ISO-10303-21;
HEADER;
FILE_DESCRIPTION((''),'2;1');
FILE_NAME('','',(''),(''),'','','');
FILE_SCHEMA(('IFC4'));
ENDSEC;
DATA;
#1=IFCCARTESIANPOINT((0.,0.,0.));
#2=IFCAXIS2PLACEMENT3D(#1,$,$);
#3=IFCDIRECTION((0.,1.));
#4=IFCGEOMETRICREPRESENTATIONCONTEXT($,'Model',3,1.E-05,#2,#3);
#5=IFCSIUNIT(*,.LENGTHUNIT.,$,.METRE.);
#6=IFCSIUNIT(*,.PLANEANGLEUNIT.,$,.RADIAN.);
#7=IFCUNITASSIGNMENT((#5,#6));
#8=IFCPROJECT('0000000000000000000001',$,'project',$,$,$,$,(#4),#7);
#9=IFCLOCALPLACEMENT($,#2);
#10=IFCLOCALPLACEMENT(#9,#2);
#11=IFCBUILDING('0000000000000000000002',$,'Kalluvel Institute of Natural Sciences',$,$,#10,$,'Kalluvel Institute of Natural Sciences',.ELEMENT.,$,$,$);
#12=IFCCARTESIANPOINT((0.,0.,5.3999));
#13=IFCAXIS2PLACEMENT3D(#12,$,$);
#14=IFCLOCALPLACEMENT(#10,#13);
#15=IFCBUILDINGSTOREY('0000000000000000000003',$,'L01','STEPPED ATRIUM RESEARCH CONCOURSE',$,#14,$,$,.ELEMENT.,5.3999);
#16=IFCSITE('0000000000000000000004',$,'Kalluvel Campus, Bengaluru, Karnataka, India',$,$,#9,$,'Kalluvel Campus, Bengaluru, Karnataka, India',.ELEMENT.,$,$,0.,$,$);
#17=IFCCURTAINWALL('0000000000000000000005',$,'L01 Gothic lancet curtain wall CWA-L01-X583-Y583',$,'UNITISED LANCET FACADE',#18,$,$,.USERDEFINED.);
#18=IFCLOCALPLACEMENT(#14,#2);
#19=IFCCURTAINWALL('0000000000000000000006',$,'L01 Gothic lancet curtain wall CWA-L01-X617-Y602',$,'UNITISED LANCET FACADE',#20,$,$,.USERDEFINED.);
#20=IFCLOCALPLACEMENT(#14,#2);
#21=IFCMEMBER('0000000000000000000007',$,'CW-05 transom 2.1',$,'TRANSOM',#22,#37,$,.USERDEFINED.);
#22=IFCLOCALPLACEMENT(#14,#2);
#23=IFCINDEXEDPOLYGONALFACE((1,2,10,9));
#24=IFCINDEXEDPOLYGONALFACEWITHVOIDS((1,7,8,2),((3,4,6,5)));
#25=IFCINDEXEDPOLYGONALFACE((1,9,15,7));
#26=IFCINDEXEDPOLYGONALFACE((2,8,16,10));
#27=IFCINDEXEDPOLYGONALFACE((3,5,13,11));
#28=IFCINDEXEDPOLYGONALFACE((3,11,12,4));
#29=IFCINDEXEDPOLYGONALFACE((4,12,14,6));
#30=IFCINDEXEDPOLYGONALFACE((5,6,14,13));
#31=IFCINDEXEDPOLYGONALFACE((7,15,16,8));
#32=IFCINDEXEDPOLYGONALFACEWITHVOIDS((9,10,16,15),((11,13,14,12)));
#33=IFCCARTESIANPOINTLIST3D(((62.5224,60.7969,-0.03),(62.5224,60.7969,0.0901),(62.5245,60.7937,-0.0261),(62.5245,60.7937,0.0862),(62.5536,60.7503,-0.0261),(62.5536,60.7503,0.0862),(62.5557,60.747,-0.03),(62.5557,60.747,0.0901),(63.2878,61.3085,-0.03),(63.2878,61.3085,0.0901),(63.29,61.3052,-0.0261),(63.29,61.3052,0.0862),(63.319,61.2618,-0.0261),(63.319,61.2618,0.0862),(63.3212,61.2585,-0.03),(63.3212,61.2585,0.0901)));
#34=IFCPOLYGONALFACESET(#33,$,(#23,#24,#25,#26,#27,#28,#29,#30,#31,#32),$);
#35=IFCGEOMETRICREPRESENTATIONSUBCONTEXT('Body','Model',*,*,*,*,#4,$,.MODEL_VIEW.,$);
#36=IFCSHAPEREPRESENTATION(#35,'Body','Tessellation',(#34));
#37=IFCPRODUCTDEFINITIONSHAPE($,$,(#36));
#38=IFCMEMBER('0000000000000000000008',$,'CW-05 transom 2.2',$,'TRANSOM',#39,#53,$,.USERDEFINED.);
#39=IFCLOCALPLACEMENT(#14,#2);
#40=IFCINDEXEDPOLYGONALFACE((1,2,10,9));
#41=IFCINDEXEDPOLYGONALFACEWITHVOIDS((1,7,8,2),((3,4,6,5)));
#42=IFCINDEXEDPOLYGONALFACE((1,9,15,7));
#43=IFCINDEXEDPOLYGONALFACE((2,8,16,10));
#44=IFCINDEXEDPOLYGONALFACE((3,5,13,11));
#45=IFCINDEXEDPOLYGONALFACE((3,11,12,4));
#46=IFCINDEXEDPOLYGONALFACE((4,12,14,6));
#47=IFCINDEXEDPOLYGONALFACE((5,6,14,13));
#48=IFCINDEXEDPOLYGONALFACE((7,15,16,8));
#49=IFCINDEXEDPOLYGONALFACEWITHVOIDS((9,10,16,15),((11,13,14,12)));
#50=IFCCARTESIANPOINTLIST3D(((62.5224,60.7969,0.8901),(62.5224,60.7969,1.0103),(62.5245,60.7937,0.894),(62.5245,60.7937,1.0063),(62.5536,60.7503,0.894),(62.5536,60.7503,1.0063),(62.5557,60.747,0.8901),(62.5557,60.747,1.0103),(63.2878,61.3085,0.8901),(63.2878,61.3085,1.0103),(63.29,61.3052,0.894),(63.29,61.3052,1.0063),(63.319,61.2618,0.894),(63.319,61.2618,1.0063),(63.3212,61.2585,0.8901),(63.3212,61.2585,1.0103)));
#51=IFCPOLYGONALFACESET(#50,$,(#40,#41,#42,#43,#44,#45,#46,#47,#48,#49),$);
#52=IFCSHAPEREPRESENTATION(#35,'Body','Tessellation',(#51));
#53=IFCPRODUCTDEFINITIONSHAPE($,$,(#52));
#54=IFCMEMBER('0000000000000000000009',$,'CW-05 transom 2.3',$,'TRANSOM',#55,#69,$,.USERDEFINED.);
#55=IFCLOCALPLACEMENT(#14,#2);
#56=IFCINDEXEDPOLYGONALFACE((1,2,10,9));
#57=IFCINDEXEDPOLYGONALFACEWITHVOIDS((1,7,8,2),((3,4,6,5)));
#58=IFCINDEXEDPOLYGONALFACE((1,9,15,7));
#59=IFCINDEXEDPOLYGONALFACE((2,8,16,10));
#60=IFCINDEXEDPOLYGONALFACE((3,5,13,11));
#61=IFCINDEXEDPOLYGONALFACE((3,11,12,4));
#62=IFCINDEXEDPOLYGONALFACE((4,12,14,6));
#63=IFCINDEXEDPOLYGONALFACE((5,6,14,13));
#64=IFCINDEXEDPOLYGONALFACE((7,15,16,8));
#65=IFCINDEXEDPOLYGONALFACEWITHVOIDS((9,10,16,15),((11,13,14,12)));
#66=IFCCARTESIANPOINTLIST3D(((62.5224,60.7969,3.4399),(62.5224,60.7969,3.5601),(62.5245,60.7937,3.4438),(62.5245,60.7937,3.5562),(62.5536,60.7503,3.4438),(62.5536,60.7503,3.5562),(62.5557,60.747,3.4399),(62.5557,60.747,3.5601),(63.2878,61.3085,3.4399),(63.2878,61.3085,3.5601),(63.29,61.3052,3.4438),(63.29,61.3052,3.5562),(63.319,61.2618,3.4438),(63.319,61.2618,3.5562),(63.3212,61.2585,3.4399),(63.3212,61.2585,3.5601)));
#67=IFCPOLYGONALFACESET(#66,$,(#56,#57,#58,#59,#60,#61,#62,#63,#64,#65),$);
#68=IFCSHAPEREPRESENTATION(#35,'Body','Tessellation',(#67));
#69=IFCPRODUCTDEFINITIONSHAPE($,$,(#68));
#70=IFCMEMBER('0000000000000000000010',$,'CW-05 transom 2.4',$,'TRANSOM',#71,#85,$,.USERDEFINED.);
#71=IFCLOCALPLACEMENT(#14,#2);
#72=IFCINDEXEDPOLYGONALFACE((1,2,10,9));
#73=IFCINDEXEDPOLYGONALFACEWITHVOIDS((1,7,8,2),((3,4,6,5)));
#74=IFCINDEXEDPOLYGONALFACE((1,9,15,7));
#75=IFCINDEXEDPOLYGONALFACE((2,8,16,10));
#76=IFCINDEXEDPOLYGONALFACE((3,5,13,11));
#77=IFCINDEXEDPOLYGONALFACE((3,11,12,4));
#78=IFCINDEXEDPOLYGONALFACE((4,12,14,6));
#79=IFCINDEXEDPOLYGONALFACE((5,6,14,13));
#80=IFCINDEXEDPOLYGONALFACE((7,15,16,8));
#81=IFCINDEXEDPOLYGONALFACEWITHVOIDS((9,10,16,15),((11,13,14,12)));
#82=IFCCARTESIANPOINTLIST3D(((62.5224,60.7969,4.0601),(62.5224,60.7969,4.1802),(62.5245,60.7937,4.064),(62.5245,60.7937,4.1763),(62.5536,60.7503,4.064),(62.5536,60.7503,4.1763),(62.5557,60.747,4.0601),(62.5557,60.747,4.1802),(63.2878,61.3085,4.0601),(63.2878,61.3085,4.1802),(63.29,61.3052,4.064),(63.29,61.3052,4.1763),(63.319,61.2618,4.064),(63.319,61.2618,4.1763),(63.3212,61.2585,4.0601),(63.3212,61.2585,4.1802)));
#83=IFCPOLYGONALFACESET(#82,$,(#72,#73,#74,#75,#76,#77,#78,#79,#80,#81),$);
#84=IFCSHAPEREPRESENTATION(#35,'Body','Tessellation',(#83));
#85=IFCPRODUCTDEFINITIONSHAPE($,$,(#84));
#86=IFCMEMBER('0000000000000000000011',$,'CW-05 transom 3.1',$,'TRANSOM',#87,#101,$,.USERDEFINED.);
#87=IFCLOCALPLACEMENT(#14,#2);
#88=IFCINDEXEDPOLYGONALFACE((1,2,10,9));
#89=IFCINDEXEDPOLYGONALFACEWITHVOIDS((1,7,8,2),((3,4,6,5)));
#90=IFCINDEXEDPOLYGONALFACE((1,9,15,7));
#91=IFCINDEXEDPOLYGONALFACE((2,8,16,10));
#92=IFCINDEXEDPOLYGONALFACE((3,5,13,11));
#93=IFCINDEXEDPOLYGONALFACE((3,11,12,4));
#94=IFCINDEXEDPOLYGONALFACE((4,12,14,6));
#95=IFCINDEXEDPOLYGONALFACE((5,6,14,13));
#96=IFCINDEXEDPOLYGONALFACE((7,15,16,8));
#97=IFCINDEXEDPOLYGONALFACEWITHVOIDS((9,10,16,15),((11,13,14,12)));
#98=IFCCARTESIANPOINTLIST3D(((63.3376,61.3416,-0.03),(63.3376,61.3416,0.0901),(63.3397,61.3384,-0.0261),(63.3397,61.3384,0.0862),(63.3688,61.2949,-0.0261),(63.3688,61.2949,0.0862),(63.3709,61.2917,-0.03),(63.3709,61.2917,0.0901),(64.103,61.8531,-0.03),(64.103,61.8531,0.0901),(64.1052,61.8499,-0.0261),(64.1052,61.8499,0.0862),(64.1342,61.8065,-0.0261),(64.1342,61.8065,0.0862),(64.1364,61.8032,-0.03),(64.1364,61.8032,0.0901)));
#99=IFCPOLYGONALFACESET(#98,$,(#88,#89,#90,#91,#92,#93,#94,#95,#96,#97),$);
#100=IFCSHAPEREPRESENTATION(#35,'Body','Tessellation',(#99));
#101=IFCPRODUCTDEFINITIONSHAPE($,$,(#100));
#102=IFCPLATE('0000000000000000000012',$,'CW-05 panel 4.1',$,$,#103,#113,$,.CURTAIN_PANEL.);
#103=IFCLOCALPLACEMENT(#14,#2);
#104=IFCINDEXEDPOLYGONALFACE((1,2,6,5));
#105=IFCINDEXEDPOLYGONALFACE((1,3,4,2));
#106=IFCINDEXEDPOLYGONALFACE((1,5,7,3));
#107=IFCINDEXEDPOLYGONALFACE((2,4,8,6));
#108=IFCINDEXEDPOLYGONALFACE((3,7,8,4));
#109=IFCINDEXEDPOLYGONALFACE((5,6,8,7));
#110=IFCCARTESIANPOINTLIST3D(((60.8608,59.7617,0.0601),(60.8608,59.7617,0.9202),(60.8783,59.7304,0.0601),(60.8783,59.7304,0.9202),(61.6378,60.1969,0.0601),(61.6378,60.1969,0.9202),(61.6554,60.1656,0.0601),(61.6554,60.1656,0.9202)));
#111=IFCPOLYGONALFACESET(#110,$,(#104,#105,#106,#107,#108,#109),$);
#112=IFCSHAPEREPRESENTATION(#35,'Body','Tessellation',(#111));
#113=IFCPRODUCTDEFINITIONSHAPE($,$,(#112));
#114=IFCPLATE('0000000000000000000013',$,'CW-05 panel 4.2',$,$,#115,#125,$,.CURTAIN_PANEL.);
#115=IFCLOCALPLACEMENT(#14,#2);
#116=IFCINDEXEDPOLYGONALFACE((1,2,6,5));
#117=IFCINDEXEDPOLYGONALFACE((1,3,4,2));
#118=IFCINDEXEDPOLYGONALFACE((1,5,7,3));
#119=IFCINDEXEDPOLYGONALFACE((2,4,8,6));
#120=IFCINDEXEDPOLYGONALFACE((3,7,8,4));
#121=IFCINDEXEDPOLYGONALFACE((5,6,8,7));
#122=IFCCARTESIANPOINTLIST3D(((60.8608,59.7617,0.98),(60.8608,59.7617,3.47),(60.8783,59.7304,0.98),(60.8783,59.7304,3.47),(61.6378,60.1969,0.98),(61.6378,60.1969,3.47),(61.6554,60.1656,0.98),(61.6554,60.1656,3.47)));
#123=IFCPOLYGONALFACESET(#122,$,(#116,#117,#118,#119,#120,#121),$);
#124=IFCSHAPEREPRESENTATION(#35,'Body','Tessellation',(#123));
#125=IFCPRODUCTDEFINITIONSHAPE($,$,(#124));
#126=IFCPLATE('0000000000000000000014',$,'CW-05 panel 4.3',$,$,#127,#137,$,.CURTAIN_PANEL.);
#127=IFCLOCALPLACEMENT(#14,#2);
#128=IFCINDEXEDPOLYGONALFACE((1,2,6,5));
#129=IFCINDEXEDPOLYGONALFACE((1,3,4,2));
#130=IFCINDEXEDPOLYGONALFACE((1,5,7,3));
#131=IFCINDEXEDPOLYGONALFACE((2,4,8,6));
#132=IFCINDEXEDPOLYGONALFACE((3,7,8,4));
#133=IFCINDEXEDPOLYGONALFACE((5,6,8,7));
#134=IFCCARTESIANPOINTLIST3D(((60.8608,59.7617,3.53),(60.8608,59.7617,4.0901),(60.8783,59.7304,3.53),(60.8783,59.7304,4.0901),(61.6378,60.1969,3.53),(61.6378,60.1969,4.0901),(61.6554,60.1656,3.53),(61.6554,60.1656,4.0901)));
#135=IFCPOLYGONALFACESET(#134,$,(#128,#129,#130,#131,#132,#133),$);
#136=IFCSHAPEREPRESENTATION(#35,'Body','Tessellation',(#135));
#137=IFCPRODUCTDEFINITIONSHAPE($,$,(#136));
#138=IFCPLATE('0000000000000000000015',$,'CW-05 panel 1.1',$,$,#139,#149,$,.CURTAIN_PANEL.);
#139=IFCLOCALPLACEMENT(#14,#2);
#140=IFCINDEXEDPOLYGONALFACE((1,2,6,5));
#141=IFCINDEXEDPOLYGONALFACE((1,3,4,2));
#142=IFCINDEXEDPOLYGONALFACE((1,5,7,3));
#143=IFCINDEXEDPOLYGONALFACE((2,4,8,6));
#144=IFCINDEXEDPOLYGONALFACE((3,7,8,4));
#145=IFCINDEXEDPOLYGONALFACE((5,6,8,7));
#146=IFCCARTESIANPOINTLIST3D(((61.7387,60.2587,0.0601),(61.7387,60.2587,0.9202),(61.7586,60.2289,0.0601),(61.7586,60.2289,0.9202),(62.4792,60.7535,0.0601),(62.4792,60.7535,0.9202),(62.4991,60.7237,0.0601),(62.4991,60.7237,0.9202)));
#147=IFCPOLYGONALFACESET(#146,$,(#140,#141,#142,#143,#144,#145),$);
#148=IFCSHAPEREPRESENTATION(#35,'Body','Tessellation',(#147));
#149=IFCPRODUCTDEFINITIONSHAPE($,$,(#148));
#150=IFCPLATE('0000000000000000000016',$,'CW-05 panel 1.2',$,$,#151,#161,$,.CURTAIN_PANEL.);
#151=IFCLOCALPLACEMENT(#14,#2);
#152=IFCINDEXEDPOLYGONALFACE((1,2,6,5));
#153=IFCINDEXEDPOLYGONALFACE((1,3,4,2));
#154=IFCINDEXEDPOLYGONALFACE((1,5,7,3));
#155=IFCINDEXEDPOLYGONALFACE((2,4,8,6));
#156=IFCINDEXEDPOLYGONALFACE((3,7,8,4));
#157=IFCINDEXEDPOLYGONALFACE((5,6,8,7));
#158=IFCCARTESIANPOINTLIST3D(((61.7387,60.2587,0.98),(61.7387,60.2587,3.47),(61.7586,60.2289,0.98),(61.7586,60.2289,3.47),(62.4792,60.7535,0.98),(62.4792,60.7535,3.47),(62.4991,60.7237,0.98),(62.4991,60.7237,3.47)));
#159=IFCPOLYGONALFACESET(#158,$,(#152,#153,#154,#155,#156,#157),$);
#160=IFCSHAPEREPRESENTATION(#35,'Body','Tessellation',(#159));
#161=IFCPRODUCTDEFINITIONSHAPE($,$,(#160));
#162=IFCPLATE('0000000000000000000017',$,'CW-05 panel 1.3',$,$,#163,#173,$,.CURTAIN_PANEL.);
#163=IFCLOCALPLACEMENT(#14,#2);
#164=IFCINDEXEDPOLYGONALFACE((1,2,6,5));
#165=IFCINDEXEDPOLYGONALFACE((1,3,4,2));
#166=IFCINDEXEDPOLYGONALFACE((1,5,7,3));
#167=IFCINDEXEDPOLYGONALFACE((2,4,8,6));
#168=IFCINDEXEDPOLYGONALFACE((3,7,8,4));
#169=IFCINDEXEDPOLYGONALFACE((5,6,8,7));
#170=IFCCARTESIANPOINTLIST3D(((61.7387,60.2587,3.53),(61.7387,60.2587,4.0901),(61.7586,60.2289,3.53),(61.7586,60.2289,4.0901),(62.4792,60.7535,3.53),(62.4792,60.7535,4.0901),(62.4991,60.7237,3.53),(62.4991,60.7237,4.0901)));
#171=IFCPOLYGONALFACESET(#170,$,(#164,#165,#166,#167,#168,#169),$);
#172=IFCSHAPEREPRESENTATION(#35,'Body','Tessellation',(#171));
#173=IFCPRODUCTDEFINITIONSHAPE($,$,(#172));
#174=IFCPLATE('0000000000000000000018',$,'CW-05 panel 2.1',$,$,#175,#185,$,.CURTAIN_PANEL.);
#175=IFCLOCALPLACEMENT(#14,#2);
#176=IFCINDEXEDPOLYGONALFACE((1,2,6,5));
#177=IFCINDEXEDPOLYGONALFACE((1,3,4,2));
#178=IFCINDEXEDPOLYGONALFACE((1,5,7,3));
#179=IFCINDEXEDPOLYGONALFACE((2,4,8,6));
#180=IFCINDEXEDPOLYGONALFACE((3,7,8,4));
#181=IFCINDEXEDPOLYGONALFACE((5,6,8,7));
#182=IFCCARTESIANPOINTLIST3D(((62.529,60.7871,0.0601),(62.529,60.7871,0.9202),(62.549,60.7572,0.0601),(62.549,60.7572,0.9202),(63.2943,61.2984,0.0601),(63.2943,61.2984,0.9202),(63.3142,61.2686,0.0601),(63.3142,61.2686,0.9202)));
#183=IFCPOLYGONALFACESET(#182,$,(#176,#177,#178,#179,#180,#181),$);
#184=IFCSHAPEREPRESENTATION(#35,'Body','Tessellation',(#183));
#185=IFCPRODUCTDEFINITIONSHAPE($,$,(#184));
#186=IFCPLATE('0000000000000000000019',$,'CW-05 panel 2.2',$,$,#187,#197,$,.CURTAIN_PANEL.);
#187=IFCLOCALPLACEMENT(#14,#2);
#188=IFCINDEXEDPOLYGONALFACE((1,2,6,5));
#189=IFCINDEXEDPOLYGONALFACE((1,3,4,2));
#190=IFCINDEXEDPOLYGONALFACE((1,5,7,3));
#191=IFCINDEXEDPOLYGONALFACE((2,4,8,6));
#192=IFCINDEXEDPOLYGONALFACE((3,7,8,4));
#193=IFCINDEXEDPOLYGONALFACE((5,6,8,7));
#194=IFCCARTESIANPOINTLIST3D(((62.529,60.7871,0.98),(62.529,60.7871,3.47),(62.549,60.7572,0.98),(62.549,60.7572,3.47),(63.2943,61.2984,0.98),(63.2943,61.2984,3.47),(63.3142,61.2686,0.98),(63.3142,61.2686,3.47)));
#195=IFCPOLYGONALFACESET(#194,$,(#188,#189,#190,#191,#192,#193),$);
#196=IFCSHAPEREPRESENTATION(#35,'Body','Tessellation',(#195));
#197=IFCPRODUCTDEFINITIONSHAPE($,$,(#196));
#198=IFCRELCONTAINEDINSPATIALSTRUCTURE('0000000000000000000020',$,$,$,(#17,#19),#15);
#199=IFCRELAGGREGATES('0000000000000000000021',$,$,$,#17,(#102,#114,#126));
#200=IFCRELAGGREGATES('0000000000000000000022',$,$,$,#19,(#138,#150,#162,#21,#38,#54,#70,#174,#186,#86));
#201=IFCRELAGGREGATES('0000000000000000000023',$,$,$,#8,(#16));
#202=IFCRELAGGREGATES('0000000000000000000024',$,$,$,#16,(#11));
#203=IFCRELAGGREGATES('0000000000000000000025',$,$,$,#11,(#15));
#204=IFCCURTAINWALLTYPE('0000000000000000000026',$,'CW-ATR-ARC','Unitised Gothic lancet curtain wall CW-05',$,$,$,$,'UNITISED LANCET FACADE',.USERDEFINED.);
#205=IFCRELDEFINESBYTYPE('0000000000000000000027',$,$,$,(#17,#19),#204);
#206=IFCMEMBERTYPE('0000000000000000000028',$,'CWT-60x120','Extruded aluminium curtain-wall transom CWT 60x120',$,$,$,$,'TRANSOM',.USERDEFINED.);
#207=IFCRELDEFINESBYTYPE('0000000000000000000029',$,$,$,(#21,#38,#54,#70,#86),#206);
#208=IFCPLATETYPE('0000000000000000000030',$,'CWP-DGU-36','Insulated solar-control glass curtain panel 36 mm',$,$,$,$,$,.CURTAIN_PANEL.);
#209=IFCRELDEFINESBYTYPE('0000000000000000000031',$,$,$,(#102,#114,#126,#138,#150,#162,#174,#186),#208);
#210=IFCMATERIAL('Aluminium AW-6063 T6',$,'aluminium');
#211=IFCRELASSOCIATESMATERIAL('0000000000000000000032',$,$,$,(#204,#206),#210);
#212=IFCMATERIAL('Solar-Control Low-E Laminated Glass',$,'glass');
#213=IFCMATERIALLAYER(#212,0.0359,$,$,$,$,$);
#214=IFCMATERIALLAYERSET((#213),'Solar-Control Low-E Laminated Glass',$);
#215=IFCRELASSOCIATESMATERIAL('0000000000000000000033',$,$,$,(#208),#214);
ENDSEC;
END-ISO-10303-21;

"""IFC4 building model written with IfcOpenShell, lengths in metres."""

from ifc_helpers import new_model, si_unit, direction, frame, origin, origin_2d, place, context, subcontext, project, spatial, rectangle, hollow_rectangle, extrude, material, layer, layer_set, material_profile, profile_set, type_object, element, aggregate, save


model = new_model("IFC4")

# Units and contexts
model_context = context("Model", 3, precision=1e-05, world=origin(), true_north=direction((0.0, 1.0)))
body_context = subcontext(model_context, "Body", "Model", "MODEL_VIEW")
ifc_project = project(units=[si_unit("LENGTHUNIT", "METRE"), si_unit("PLANEANGLEUNIT", "RADIAN")], contexts=[model_context])

# Site, building, storey
site_placement = place(None, origin())
site = spatial("IfcSite", under=ifc_project, at=site_placement, Name="Kalluvel Campus, Bengaluru, Karnataka, India", LongName="Kalluvel Campus, Bengaluru, Karnataka, India", CompositionType="ELEMENT", RefElevation=0.0)
building_placement = place(site_placement, origin())
building = spatial("IfcBuilding", under=site, at=building_placement, Name="Kalluvel Institute of Natural Sciences", LongName="Kalluvel Institute of Natural Sciences", CompositionType="ELEMENT")
storey_placement = place(building_placement, frame((0.0, 0.0, 5.3999)))
storey = spatial("IfcBuildingStorey", under=building, at=storey_placement, Name="L01", Description="STEPPED ATRIUM RESEARCH CONCOURSE", CompositionType="ELEMENT", Elevation=5.3999)

# Curtain wall
ifc_material_1 = material(Name="Aluminium AW-6063 T6", Category="aluminium")
curtain_wall_type = type_object("IfcCurtainWallType", Name="CW-ATR-ARC", Description="Unitised Gothic lancet curtain wall CW-05", ElementType="UNITISED LANCET FACADE", PredefinedType="USERDEFINED", material=ifc_material_1)
curtain_wall_1_placement = place(storey_placement, origin())
curtain_wall_1 = element("IfcCurtainWall", 1, at=curtain_wall_1_placement, inside=storey, type_object=curtain_wall_type, Name="L01 Gothic lancet curtain wall CWA-L01-X583-Y583", ObjectType="UNITISED LANCET FACADE", PredefinedType="USERDEFINED")

# Curtain wall
curtain_wall_2_placement = place(storey_placement, origin())
curtain_wall_2 = element("IfcCurtainWall", 2, at=curtain_wall_2_placement, inside=storey, type_object=curtain_wall_type, Name="L01 Gothic lancet curtain wall CWA-L01-X617-Y602", ObjectType="UNITISED LANCET FACADE", PredefinedType="USERDEFINED")

# Members
ifc_material_profile_1 = material_profile(ifc_material_1, hollow_rectangle(XDim=0.0601, YDim=0.1201, WallThickness=0.0039, at=origin_2d()), Name="CWT 60x120")
ifc_profile_set_1 = profile_set([ifc_material_profile_1], Name="Aluminium AW-6063 T6")
member_type_1 = type_object("IfcMemberType", Name="CWT-60x120", Description="Extruded aluminium curtain-wall transom CWT 60x120", ElementType="TRANSOM", PredefinedType="USERDEFINED", material=ifc_profile_set_1)
member_1_placement = place(storey_placement, frame((62.5391, 60.772, 0.03), z_axis=(0.831438, 0.555618, 0.0), x_axis=(-0.555618, 0.831438, 0.0)))
member_1 = element("IfcMember", 3, at=member_1_placement, type_object=member_type_1, Name="CW-05 transom 2.1", ObjectType="TRANSOM", PredefinedType="USERDEFINED", context=body_context, shape_type="SweptSolid", body=[
    extrude(hollow_rectangle(XDim=0.0601, YDim=0.1201, WallThickness=0.0039, at=origin_2d()), origin(), (0.0, 0.0, 1.0), 0.9207),
])
member_2_placement = place(storey_placement, frame((62.5391, 60.772, 0.9502), z_axis=(0.831438, 0.555618, 0.0), x_axis=(-0.555618, 0.831438, 0.0)))
member_2 = element("IfcMember", 4, at=member_2_placement, type_object=member_type_1, Name="CW-05 transom 2.2", ObjectType="TRANSOM", PredefinedType="USERDEFINED", context=body_context, shape_type="SweptSolid", body=[
    extrude(hollow_rectangle(XDim=0.0601, YDim=0.1201, WallThickness=0.0039, at=origin_2d()), origin(), (0.0, 0.0, 1.0), 0.9207),
])
member_3_placement = place(storey_placement, frame((62.5391, 60.772, 3.5), z_axis=(0.831438, 0.555618, 0.0), x_axis=(-0.555618, 0.831438, 0.0)))
member_3 = element("IfcMember", 5, at=member_3_placement, type_object=member_type_1, Name="CW-05 transom 2.3", ObjectType="TRANSOM", PredefinedType="USERDEFINED", context=body_context, shape_type="SweptSolid", body=[
    extrude(hollow_rectangle(XDim=0.0601, YDim=0.1201, WallThickness=0.0039, at=origin_2d()), origin(), (0.0, 0.0, 1.0), 0.9207),
])
member_4_placement = place(storey_placement, frame((62.5391, 60.772, 4.1201), z_axis=(0.831438, 0.555618, 0.0), x_axis=(-0.555618, 0.831438, 0.0)))
member_4 = element("IfcMember", 6, at=member_4_placement, type_object=member_type_1, Name="CW-05 transom 2.4", ObjectType="TRANSOM", PredefinedType="USERDEFINED", context=body_context, shape_type="SweptSolid", body=[
    extrude(hollow_rectangle(XDim=0.0601, YDim=0.1201, WallThickness=0.0039, at=origin_2d()), origin(), (0.0, 0.0, 1.0), 0.9207),
])
member_5_placement = place(storey_placement, frame((63.3542, 61.3167, 0.03), z_axis=(0.831438, 0.555618, 0.0), x_axis=(-0.555618, 0.831438, 0.0)))
member_5 = element("IfcMember", 7, at=member_5_placement, type_object=member_type_1, Name="CW-05 transom 3.1", ObjectType="TRANSOM", PredefinedType="USERDEFINED", context=body_context, shape_type="SweptSolid", body=[
    extrude(hollow_rectangle(XDim=0.0601, YDim=0.1201, WallThickness=0.0039, at=origin_2d()), origin(), (0.0, 0.0, 1.0), 0.9207),
])

# Plates
ifc_material_2 = material(Name="Solar-Control Low-E Laminated Glass", Category="glass")
ifc_layer = layer(ifc_material_2, 0.0359)
ifc_layer_set = layer_set([ifc_layer], Name="Solar-Control Low-E Laminated Glass")
plate_type = type_object("IfcPlateType", Name="CWP-DGU-36", Description="Insulated solar-control glass curtain panel 36 mm", PredefinedType="CURTAIN_PANEL", material=ifc_layer_set)
plate_1_placement = place(storey_placement, frame((61.2581, 59.9636, 0.0601), z_axis=(0.0, 0.0, 1.0), x_axis=(0.872497, 0.488619, 0.0)))
plate_1 = element("IfcPlate", 8, at=plate_1_placement, type_object=plate_type, Name="CW-05 panel 4.1", PredefinedType="CURTAIN_PANEL", context=body_context, shape_type="SweptSolid", body=[
    extrude(rectangle(XDim=0.8906, YDim=0.0359, at=origin_2d()), origin(), (0.0, 0.0, 1.0), 0.8601),
])
plate_2_placement = place(storey_placement, frame((61.2581, 59.9636, 0.98), z_axis=(0.0, 0.0, 1.0), x_axis=(0.872497, 0.488619, 0.0)))
plate_2 = element("IfcPlate", 9, at=plate_2_placement, type_object=plate_type, Name="CW-05 panel 4.2", PredefinedType="CURTAIN_PANEL", context=body_context, shape_type="SweptSolid", body=[
    extrude(rectangle(XDim=0.8906, YDim=0.0359, at=origin_2d()), origin(), (0.0, 0.0, 1.0), 2.49),
])
plate_3_placement = place(storey_placement, frame((61.2581, 59.9636, 3.53), z_axis=(0.0, 0.0, 1.0), x_axis=(0.872497, 0.488619, 0.0)))
plate_3 = element("IfcPlate", 10, at=plate_3_placement, type_object=plate_type, Name="CW-05 panel 4.3", PredefinedType="CURTAIN_PANEL", context=body_context, shape_type="SweptSolid", body=[
    extrude(rectangle(XDim=0.8906, YDim=0.0359, at=origin_2d()), origin(), (0.0, 0.0, 1.0), 0.5601),
])
aggregate(curtain_wall_1, [plate_1, plate_2, plate_3])
plate_4_placement = place(storey_placement, frame((62.1189, 60.4912, 0.0601), z_axis=(0.0, 0.0, 1.0), x_axis=(0.831469, 0.555571, 0.0)))
plate_4 = element("IfcPlate", 11, at=plate_4_placement, type_object=plate_type, Name="CW-05 panel 1.1", PredefinedType="CURTAIN_PANEL", context=body_context, shape_type="SweptSolid", body=[
    extrude(rectangle(XDim=0.8906, YDim=0.0359, at=origin_2d()), origin(), (0.0, 0.0, 1.0), 0.8601),
])
plate_5_placement = place(storey_placement, frame((62.1189, 60.4912, 0.98), z_axis=(0.0, 0.0, 1.0), x_axis=(0.831469, 0.555571, 0.0)))
plate_5 = element("IfcPlate", 12, at=plate_5_placement, type_object=plate_type, Name="CW-05 panel 1.2", PredefinedType="CURTAIN_PANEL", context=body_context, shape_type="SweptSolid", body=[
    extrude(rectangle(XDim=0.8906, YDim=0.0359, at=origin_2d()), origin(), (0.0, 0.0, 1.0), 2.49),
])
plate_6_placement = place(storey_placement, frame((62.1189, 60.4912, 3.53), z_axis=(0.0, 0.0, 1.0), x_axis=(0.831469, 0.555571, 0.0)))
plate_6 = element("IfcPlate", 13, at=plate_6_placement, type_object=plate_type, Name="CW-05 panel 1.3", PredefinedType="CURTAIN_PANEL", context=body_context, shape_type="SweptSolid", body=[
    extrude(rectangle(XDim=0.8906, YDim=0.0359, at=origin_2d()), origin(), (0.0, 0.0, 1.0), 0.5601),
])
plate_7_placement = place(storey_placement, frame((62.9216, 61.0278, 0.0601), z_axis=(0.0, 0.0, 1.0), x_axis=(0.831469, 0.555571, 0.0)))
plate_7 = element("IfcPlate", 14, at=plate_7_placement, type_object=plate_type, Name="CW-05 panel 2.1", PredefinedType="CURTAIN_PANEL", context=body_context, shape_type="SweptSolid", body=[
    extrude(rectangle(XDim=0.9204, YDim=0.0359, at=origin_2d()), origin(), (0.0, 0.0, 1.0), 0.8601),
])
plate_8_placement = place(storey_placement, frame((62.9216, 61.0278, 0.98), z_axis=(0.0, 0.0, 1.0), x_axis=(0.831469, 0.555571, 0.0)))
plate_8 = element("IfcPlate", 15, at=plate_8_placement, type_object=plate_type, Name="CW-05 panel 2.2", PredefinedType="CURTAIN_PANEL", context=body_context, shape_type="SweptSolid", body=[
    extrude(rectangle(XDim=0.9204, YDim=0.0359, at=origin_2d()), origin(), (0.0, 0.0, 1.0), 2.49),
])
aggregate(curtain_wall_2, [plate_4, plate_5, plate_6, member_1, member_2, member_3, member_4, plate_7, plate_8, member_5])

save(model, "model.ifc")
